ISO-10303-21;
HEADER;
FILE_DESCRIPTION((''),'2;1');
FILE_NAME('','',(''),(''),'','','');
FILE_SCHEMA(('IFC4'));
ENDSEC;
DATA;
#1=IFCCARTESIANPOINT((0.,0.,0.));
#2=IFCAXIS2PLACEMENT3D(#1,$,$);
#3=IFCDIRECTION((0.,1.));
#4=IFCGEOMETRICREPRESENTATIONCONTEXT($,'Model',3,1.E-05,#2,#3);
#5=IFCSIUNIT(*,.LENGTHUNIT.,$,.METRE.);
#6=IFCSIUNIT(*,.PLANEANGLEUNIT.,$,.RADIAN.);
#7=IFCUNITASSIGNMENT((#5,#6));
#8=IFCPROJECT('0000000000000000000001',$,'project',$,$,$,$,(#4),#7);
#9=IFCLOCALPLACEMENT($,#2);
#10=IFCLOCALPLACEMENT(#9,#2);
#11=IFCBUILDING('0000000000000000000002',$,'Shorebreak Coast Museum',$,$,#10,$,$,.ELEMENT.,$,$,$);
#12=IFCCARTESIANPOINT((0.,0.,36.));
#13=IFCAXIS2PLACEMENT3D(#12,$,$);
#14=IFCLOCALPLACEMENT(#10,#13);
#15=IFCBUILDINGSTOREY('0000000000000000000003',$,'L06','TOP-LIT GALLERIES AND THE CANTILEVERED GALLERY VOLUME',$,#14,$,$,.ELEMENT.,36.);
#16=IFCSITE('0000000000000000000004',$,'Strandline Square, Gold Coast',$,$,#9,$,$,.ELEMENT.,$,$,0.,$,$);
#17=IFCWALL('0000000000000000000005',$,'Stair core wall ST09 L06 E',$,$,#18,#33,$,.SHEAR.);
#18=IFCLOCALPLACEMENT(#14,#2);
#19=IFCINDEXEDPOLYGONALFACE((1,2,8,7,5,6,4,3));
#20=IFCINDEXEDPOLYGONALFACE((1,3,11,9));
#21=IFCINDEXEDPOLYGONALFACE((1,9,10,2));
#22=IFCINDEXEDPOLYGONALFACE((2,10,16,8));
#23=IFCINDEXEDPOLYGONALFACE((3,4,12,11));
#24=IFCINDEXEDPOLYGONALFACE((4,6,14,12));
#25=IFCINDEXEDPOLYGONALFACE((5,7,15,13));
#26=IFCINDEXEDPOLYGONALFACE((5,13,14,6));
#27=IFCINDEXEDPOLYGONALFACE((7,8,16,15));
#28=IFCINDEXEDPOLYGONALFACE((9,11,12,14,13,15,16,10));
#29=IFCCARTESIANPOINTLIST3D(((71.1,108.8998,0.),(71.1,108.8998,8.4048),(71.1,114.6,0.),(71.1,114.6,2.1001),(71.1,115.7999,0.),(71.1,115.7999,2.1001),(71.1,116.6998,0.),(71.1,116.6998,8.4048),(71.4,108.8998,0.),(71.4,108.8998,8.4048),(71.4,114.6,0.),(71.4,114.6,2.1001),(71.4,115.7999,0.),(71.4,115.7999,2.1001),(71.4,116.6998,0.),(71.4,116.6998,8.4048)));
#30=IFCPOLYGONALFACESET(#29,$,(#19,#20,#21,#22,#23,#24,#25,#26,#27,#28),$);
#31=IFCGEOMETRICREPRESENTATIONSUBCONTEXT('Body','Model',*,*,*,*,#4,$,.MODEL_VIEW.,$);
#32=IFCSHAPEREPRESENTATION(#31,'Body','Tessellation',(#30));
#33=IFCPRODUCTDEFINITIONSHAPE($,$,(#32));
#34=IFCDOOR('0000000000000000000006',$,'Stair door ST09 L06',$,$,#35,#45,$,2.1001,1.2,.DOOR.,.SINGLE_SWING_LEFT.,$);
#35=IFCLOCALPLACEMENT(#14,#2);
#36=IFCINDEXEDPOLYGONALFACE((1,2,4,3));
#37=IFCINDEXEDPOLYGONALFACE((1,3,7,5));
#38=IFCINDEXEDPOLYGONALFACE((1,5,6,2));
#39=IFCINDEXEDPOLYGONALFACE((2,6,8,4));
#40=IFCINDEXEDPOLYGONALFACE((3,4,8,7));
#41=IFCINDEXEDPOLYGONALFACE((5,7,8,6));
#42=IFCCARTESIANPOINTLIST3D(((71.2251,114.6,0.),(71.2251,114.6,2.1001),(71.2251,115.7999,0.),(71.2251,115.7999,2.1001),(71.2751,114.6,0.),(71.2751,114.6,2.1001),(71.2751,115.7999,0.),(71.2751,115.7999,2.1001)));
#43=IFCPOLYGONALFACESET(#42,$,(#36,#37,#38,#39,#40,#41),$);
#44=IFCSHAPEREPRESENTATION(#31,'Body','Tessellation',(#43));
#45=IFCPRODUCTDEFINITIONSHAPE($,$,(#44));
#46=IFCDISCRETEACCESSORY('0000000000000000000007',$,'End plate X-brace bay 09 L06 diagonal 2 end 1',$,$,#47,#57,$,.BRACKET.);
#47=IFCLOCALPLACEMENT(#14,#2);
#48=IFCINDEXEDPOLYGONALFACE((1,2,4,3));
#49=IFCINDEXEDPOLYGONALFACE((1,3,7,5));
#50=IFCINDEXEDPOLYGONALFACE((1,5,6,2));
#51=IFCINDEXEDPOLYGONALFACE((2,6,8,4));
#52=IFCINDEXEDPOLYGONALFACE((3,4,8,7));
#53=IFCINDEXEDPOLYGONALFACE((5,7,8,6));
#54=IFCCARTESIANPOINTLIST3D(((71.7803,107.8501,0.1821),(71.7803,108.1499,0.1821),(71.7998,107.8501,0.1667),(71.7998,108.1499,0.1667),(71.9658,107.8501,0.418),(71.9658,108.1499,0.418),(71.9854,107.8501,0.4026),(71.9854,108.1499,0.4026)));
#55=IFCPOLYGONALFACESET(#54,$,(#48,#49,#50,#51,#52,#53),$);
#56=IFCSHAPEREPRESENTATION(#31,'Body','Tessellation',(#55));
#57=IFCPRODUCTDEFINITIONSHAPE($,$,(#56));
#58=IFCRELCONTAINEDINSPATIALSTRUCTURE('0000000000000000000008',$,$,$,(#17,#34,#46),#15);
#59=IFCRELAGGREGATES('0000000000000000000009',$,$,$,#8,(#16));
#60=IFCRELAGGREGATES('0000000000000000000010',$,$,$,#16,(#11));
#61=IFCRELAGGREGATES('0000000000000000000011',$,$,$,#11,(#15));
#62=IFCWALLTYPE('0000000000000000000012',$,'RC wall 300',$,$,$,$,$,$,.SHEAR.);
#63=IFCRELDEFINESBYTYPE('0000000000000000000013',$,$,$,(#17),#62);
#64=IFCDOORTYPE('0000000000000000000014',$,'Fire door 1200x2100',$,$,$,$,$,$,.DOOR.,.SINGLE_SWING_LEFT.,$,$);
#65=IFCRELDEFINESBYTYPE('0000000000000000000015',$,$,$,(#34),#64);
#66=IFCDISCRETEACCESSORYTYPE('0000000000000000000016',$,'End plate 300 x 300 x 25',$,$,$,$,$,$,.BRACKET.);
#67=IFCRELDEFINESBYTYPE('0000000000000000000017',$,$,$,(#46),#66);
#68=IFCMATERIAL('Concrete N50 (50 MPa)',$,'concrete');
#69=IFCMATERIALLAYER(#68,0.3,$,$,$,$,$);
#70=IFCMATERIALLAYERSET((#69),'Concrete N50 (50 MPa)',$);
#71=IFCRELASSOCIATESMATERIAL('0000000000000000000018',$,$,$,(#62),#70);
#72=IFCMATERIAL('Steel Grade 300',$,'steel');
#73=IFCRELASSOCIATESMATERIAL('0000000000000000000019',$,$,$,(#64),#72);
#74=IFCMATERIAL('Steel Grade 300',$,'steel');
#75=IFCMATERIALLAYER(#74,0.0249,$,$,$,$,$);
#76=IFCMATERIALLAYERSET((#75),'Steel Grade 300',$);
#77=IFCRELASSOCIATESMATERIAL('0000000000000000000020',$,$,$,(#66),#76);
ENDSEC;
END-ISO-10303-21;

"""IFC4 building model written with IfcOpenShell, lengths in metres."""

from ifc_helpers import new_model, si_unit, direction, frame, frame_2d, origin, place, context, subcontext, project, spatial, polyline, rectangle, outline, extrude, material, layer, layer_set, type_object, element, fill, save


model = new_model("IFC4")

# Units and contexts
model_context = context("Model", 3, precision=1e-05, world=origin(), true_north=direction((0.0, 1.0)))
body_context = subcontext(model_context, "Body", "Model", "MODEL_VIEW")
ifc_project = project(units=[si_unit("LENGTHUNIT", "METRE"), si_unit("PLANEANGLEUNIT", "RADIAN")], contexts=[model_context])

# Site, building, storey
site_placement = place(None, origin())
site = spatial("IfcSite", under=ifc_project, at=site_placement, Name="Strandline Square, Gold Coast", CompositionType="ELEMENT", RefElevation=0.0)
building_placement = place(site_placement, origin())
building = spatial("IfcBuilding", under=site, at=building_placement, Name="Shorebreak Coast Museum", CompositionType="ELEMENT")
storey_placement = place(building_placement, frame((0.0, 0.0, 36.0)))
storey = spatial("IfcBuildingStorey", under=building, at=storey_placement, Name="L06", Description="TOP-LIT GALLERIES AND THE CANTILEVERED GALLERY VOLUME", CompositionType="ELEMENT", Elevation=36.0)

# Wall, opening, door
ifc_material_1 = material(Name="Concrete N50 (50 MPa)", Category="concrete")
ifc_layer_1 = layer(ifc_material_1, 0.3)
ifc_layer_set_1 = layer_set([ifc_layer_1], Name="Concrete N50 (50 MPa)")
wall_type = type_object("IfcWallType", Name="RC wall 300", PredefinedType="SHEAR", material=ifc_layer_set_1)
wall_placement = place(storey_placement, frame((71.25, 108.8999, 0.0), z_axis=(0.0, 0.0, 1.0), x_axis=(0.0, 1.0, 0.0)))
wall = element("IfcWall", 1, at=wall_placement, inside=storey, type_object=wall_type, Name="Stair core wall ST09 L06 E", PredefinedType="SHEAR", context=body_context, shape_type="SweptSolid", body=[
    extrude(rectangle(XDim=7.8, YDim=0.3, at=frame_2d((3.8999, 0.0))), origin(), (0.0, 0.0, 1.0), 8.4048),
])
opening_placement = place(wall_placement, frame((5.7, 0.0, 0.0)))
opening = element("IfcOpeningElement", 2, at=opening_placement, cuts=wall, PredefinedType="OPENING", context=body_context, shape_type="SweptSolid", body=[
    extrude(rectangle(XDim=1.2, YDim=2.1001, at=frame_2d((0.6001, 1.05))), frame((0.0, 0.1599, 0.0), z_axis=(0.0, -1.0, 0.0), x_axis=(1.0, 0.0, 0.0)), (0.0, 0.0, 1.0), 0.3201),
])
ifc_material_2 = material(Name="Steel Grade 300", Category="steel")
door_type = type_object("IfcDoorType", Name="Fire door 1200x2100", OperationType="SINGLE_SWING_LEFT", PredefinedType="DOOR", material=ifc_material_2)
door_placement = place(opening_placement, origin())
door = element("IfcDoor", 3, at=door_placement, inside=storey, type_object=door_type, Name="Stair door ST09 L06", OperationType="SINGLE_SWING_LEFT", OverallHeight=2.1001, OverallWidth=1.2, PredefinedType="DOOR", context=body_context, shape_type="SweptSolid", body=[
    extrude(rectangle(XDim=1.2, YDim=2.1001, at=frame_2d((0.6001, 1.05))), frame((0.0, 0.0249, 0.0), z_axis=(0.0, -1.0, 0.0), x_axis=(1.0, 0.0, 0.0)), (0.0, 0.0, 1.0), 0.05),
])
fill(opening, door)

# Discrete accessory
ifc_material_3 = material(Name="Steel Grade 300", Category="steel")
ifc_layer_2 = layer(ifc_material_3, 0.0249)
ifc_layer_set_2 = layer_set([ifc_layer_2], Name="Steel Grade 300")
discrete_accessory_type = type_object("IfcDiscreteAccessoryType", Name="End plate 300 x 300 x 25", PredefinedType="BRACKET", material=ifc_layer_set_2)
discrete_accessory_placement = place(storey_placement, frame((71.7803, 108.1499, 0.1821), z_axis=(-0.785923, 0.0, 0.618324), x_axis=(0.0, -1.0, 0.0)))
element("IfcDiscreteAccessory", 4, at=discrete_accessory_placement, inside=storey, type_object=discrete_accessory_type, Name="End plate X-brace bay 09 L06 diagonal 2 end 1", PredefinedType="BRACKET", context=body_context, shape_type="SweptSolid", body=[
    extrude(outline(polyline([(0.0, 0.0), (0.2998, 0.0), (0.2998, 0.3001), (0.0, 0.3001), (0.0, 0.0)])), origin(), (0.0, 0.0, -1.0), 0.0249),
])

save(model, "model.ifc")
